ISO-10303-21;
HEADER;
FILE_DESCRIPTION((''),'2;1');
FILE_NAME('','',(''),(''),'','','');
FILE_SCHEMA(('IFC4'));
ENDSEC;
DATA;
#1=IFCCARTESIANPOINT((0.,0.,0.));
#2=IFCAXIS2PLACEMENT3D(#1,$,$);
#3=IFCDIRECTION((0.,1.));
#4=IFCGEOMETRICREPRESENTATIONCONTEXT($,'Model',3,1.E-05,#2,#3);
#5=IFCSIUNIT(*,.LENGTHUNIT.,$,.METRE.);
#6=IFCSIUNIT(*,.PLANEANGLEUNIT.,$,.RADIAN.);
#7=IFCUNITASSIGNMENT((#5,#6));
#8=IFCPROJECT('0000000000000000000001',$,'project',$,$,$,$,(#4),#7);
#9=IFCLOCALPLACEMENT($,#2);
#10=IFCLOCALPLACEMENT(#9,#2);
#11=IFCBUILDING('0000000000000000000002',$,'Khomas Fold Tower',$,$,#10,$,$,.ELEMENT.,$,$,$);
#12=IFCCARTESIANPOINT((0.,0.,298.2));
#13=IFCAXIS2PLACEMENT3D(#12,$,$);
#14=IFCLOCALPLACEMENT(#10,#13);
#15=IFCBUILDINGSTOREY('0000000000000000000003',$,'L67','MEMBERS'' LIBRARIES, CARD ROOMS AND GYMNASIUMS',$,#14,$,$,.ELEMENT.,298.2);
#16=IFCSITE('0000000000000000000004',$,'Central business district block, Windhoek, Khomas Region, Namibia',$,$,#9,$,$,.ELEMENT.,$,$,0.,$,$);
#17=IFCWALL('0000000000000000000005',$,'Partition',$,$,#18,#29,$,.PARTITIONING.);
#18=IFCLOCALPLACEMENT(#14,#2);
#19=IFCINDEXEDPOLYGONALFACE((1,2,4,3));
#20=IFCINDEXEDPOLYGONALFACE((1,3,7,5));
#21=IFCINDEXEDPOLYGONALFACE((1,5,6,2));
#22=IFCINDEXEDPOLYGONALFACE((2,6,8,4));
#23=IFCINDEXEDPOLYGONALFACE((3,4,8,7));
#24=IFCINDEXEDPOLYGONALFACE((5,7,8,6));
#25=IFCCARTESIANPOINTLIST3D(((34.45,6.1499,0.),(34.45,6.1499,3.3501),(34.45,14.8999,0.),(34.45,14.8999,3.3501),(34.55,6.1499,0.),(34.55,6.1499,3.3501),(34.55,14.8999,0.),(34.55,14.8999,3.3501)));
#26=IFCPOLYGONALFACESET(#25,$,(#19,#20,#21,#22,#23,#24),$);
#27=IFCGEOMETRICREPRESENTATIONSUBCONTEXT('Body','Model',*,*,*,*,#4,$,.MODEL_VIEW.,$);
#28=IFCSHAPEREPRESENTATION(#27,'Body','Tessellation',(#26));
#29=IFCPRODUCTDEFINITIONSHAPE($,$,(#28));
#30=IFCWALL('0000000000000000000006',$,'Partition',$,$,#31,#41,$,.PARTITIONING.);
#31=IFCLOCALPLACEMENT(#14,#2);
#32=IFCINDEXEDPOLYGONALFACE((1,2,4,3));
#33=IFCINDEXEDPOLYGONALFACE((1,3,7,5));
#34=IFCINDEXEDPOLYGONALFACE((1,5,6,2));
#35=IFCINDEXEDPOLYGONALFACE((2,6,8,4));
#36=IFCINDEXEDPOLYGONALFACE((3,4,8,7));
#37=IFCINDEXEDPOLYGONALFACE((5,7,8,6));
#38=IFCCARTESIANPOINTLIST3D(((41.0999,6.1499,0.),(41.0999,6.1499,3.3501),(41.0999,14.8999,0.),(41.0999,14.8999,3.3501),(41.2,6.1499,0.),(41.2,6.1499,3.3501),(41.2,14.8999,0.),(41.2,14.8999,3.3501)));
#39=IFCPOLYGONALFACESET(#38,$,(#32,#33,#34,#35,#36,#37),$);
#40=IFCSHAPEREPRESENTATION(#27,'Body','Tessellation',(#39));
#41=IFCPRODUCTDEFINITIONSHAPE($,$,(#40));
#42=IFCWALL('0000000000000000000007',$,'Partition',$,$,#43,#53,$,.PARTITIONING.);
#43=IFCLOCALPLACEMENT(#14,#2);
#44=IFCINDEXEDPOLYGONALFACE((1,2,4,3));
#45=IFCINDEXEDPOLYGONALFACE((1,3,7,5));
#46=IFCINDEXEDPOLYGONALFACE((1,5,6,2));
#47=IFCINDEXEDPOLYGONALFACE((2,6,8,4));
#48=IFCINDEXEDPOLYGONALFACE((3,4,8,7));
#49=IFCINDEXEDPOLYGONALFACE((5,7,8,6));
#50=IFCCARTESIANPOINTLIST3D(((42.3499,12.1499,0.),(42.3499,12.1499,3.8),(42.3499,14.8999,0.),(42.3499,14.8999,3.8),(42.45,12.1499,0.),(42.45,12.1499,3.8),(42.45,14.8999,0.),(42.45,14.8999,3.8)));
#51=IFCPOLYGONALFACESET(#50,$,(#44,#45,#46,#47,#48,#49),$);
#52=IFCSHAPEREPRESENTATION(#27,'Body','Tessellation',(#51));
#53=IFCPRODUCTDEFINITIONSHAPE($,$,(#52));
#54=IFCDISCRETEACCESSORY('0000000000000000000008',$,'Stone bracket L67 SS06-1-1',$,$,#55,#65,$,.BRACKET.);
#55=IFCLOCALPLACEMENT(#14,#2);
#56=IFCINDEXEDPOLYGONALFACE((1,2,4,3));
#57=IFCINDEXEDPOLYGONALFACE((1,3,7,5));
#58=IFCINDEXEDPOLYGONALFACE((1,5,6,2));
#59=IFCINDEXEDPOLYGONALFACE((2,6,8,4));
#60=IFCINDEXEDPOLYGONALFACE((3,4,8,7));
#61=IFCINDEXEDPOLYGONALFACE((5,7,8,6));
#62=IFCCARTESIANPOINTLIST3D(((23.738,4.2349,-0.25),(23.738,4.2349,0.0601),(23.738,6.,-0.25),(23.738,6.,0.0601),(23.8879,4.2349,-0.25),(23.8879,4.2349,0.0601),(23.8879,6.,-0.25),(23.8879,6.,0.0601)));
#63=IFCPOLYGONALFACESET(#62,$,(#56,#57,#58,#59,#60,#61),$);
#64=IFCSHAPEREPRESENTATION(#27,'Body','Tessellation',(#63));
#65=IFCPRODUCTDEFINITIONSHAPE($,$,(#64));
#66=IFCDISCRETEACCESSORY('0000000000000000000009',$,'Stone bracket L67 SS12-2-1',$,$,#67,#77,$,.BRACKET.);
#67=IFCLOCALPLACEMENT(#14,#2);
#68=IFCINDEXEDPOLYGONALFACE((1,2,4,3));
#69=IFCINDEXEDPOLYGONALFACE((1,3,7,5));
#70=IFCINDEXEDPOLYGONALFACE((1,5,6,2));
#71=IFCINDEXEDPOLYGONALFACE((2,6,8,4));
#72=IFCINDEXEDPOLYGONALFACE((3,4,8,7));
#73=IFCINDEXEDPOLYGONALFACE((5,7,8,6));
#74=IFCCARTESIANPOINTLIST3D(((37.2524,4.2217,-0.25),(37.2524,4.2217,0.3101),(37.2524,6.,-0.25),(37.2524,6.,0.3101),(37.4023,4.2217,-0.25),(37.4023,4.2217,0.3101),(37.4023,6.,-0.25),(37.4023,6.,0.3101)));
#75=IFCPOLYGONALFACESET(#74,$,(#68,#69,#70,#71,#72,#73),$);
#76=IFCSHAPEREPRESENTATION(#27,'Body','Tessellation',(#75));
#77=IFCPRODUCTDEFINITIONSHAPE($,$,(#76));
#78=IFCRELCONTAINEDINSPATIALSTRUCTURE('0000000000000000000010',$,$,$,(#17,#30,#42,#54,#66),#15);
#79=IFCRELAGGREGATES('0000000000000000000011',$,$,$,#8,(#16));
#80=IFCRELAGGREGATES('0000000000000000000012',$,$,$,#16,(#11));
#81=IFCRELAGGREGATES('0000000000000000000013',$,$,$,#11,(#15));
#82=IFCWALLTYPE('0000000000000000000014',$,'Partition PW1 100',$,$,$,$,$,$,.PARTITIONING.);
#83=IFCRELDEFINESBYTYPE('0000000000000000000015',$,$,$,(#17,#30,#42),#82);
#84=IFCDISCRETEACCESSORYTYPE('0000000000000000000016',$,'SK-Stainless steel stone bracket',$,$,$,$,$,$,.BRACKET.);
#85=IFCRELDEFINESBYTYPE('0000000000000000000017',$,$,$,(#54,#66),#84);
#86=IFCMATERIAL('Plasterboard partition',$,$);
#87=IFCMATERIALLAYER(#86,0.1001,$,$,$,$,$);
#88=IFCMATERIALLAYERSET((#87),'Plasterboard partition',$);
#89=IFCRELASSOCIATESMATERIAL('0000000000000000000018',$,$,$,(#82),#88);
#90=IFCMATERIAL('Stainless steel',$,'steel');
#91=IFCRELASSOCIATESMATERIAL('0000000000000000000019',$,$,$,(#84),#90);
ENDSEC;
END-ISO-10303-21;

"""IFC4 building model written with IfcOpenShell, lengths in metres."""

from ifc_helpers import new_model, si_unit, direction, frame, frame_2d, origin, origin_2d, place, context, subcontext, project, spatial, rectangle, extrude, source, transform, mapped, material, layer, layer_set, type_object, element, save


model = new_model("IFC4")

# Units and contexts
model_context = context("Model", 3, precision=1e-05, world=origin(), true_north=direction((0.0, 1.0)))
body_context = subcontext(model_context, "Body", "Model", "MODEL_VIEW")
ifc_project = project(units=[si_unit("LENGTHUNIT", "METRE"), si_unit("PLANEANGLEUNIT", "RADIAN")], contexts=[model_context])

# Site, building, storey
site_placement = place(None, origin())
site = spatial("IfcSite", under=ifc_project, at=site_placement, Name="Central business district block, Windhoek, Khomas Region, Namibia", CompositionType="ELEMENT", RefElevation=0.0)
building_placement = place(site_placement, origin())
building = spatial("IfcBuilding", under=site, at=building_placement, Name="Khomas Fold Tower", CompositionType="ELEMENT")
storey_placement = place(building_placement, frame((0.0, 0.0, 298.2)))
storey = spatial("IfcBuildingStorey", under=building, at=storey_placement, Name="L67", Description="MEMBERS' LIBRARIES, CARD ROOMS AND GYMNASIUMS", CompositionType="ELEMENT", Elevation=298.2)

# Walls
ifc_material_1 = material(Name="Plasterboard partition")
ifc_layer_1 = layer(ifc_material_1, 0.1001)
ifc_layer_set_1 = layer_set([ifc_layer_1], Name="Plasterboard partition")
wall_type = type_object("IfcWallType", Name="Partition PW1 100", PredefinedType="PARTITIONING", material=ifc_layer_set_1)
shared_shape_1 = source(origin(), body_context, "Body", "SweptSolid", [
    extrude(rectangle(XDim=8.75, YDim=0.1001, at=frame_2d((4.375, 0.0))), origin(), (0.0, 0.0, 1.0), 3.3501),
])
for number, where, z_axis, x_axis, name in (
    (1, (34.5, 6.1499, 0.0), (0.0, 0.0, 1.0), (0.0, 1.0, 0.0), "Partition"),
    (2, (41.1499, 6.1499, 0.0), (0.0, 0.0, 1.0), (0.0, 1.0, 0.0), "Partition"),
):
    element("IfcWall", number, at=place(storey_placement, frame(where, z_axis=z_axis, x_axis=x_axis)), inside=storey, type_object=wall_type, Name=name, PredefinedType="PARTITIONING", context=body_context, shape_type="MappedRepresentation", body=[
        mapped(shared_shape_1, transform((0.0, 0.0, 0.0))),
    ])
shared_shape_2 = source(origin(), body_context, "Body", "SweptSolid", [
    extrude(rectangle(XDim=2.75, YDim=0.1001, at=frame_2d((1.375, 0.0))), origin(), (0.0, 0.0, 1.0), 3.8),
])
wall_placement = place(storey_placement, frame((42.3999, 12.1499, 0.0), z_axis=(0.0, 0.0, 1.0), x_axis=(0.0, 1.0, 0.0)))
element("IfcWall", 3, at=wall_placement, inside=storey, type_object=wall_type, Name="Partition", PredefinedType="PARTITIONING", context=body_context, shape_type="MappedRepresentation", body=[
    mapped(shared_shape_2, transform((0.0, 0.0, 0.0))),
])

# Discrete accessories
ifc_material_2 = material(Name="Stainless steel", Category="steel")
discrete_accessory_type = type_object("IfcDiscreteAccessoryType", Name="SK-Stainless steel stone bracket", PredefinedType="BRACKET", material=ifc_material_2)
shared_shape_3 = source(origin(), body_context, "Body", "SweptSolid", [
    extrude(rectangle(XDim=1.7651, YDim=0.1499, at=origin_2d()), origin(), (0.0, 0.0, 1.0), 0.3101),
])
discrete_accessory_1_placement = place(storey_placement, frame((23.813, 5.1174, -0.25), z_axis=(0.0, 0.0, 1.0), x_axis=(0.0, -1.0, 0.0)))
element("IfcDiscreteAccessory", 4, at=discrete_accessory_1_placement, inside=storey, type_object=discrete_accessory_type, Name="Stone bracket L67 SS06-1-1", PredefinedType="BRACKET", context=body_context, shape_type="MappedRepresentation", body=[
    mapped(shared_shape_3, transform((0.0, 0.0, 0.0))),
])
shared_shape_4 = source(origin(), body_context, "Body", "SweptSolid", [
    extrude(rectangle(XDim=1.7783, YDim=0.1499, at=origin_2d()), origin(), (0.0, 0.0, 1.0), 0.5601),
])
discrete_accessory_2_placement = place(storey_placement, frame((37.3274, 5.1108, -0.25), z_axis=(0.0, 0.0, 1.0), x_axis=(0.0, -1.0, 0.0)))
element("IfcDiscreteAccessory", 5, at=discrete_accessory_2_placement, inside=storey, type_object=discrete_accessory_type, Name="Stone bracket L67 SS12-2-1", PredefinedType="BRACKET", context=body_context, shape_type="MappedRepresentation", body=[
    mapped(shared_shape_4, transform((0.0, 0.0, 0.0))),
])

save(model, "model.ifc")
